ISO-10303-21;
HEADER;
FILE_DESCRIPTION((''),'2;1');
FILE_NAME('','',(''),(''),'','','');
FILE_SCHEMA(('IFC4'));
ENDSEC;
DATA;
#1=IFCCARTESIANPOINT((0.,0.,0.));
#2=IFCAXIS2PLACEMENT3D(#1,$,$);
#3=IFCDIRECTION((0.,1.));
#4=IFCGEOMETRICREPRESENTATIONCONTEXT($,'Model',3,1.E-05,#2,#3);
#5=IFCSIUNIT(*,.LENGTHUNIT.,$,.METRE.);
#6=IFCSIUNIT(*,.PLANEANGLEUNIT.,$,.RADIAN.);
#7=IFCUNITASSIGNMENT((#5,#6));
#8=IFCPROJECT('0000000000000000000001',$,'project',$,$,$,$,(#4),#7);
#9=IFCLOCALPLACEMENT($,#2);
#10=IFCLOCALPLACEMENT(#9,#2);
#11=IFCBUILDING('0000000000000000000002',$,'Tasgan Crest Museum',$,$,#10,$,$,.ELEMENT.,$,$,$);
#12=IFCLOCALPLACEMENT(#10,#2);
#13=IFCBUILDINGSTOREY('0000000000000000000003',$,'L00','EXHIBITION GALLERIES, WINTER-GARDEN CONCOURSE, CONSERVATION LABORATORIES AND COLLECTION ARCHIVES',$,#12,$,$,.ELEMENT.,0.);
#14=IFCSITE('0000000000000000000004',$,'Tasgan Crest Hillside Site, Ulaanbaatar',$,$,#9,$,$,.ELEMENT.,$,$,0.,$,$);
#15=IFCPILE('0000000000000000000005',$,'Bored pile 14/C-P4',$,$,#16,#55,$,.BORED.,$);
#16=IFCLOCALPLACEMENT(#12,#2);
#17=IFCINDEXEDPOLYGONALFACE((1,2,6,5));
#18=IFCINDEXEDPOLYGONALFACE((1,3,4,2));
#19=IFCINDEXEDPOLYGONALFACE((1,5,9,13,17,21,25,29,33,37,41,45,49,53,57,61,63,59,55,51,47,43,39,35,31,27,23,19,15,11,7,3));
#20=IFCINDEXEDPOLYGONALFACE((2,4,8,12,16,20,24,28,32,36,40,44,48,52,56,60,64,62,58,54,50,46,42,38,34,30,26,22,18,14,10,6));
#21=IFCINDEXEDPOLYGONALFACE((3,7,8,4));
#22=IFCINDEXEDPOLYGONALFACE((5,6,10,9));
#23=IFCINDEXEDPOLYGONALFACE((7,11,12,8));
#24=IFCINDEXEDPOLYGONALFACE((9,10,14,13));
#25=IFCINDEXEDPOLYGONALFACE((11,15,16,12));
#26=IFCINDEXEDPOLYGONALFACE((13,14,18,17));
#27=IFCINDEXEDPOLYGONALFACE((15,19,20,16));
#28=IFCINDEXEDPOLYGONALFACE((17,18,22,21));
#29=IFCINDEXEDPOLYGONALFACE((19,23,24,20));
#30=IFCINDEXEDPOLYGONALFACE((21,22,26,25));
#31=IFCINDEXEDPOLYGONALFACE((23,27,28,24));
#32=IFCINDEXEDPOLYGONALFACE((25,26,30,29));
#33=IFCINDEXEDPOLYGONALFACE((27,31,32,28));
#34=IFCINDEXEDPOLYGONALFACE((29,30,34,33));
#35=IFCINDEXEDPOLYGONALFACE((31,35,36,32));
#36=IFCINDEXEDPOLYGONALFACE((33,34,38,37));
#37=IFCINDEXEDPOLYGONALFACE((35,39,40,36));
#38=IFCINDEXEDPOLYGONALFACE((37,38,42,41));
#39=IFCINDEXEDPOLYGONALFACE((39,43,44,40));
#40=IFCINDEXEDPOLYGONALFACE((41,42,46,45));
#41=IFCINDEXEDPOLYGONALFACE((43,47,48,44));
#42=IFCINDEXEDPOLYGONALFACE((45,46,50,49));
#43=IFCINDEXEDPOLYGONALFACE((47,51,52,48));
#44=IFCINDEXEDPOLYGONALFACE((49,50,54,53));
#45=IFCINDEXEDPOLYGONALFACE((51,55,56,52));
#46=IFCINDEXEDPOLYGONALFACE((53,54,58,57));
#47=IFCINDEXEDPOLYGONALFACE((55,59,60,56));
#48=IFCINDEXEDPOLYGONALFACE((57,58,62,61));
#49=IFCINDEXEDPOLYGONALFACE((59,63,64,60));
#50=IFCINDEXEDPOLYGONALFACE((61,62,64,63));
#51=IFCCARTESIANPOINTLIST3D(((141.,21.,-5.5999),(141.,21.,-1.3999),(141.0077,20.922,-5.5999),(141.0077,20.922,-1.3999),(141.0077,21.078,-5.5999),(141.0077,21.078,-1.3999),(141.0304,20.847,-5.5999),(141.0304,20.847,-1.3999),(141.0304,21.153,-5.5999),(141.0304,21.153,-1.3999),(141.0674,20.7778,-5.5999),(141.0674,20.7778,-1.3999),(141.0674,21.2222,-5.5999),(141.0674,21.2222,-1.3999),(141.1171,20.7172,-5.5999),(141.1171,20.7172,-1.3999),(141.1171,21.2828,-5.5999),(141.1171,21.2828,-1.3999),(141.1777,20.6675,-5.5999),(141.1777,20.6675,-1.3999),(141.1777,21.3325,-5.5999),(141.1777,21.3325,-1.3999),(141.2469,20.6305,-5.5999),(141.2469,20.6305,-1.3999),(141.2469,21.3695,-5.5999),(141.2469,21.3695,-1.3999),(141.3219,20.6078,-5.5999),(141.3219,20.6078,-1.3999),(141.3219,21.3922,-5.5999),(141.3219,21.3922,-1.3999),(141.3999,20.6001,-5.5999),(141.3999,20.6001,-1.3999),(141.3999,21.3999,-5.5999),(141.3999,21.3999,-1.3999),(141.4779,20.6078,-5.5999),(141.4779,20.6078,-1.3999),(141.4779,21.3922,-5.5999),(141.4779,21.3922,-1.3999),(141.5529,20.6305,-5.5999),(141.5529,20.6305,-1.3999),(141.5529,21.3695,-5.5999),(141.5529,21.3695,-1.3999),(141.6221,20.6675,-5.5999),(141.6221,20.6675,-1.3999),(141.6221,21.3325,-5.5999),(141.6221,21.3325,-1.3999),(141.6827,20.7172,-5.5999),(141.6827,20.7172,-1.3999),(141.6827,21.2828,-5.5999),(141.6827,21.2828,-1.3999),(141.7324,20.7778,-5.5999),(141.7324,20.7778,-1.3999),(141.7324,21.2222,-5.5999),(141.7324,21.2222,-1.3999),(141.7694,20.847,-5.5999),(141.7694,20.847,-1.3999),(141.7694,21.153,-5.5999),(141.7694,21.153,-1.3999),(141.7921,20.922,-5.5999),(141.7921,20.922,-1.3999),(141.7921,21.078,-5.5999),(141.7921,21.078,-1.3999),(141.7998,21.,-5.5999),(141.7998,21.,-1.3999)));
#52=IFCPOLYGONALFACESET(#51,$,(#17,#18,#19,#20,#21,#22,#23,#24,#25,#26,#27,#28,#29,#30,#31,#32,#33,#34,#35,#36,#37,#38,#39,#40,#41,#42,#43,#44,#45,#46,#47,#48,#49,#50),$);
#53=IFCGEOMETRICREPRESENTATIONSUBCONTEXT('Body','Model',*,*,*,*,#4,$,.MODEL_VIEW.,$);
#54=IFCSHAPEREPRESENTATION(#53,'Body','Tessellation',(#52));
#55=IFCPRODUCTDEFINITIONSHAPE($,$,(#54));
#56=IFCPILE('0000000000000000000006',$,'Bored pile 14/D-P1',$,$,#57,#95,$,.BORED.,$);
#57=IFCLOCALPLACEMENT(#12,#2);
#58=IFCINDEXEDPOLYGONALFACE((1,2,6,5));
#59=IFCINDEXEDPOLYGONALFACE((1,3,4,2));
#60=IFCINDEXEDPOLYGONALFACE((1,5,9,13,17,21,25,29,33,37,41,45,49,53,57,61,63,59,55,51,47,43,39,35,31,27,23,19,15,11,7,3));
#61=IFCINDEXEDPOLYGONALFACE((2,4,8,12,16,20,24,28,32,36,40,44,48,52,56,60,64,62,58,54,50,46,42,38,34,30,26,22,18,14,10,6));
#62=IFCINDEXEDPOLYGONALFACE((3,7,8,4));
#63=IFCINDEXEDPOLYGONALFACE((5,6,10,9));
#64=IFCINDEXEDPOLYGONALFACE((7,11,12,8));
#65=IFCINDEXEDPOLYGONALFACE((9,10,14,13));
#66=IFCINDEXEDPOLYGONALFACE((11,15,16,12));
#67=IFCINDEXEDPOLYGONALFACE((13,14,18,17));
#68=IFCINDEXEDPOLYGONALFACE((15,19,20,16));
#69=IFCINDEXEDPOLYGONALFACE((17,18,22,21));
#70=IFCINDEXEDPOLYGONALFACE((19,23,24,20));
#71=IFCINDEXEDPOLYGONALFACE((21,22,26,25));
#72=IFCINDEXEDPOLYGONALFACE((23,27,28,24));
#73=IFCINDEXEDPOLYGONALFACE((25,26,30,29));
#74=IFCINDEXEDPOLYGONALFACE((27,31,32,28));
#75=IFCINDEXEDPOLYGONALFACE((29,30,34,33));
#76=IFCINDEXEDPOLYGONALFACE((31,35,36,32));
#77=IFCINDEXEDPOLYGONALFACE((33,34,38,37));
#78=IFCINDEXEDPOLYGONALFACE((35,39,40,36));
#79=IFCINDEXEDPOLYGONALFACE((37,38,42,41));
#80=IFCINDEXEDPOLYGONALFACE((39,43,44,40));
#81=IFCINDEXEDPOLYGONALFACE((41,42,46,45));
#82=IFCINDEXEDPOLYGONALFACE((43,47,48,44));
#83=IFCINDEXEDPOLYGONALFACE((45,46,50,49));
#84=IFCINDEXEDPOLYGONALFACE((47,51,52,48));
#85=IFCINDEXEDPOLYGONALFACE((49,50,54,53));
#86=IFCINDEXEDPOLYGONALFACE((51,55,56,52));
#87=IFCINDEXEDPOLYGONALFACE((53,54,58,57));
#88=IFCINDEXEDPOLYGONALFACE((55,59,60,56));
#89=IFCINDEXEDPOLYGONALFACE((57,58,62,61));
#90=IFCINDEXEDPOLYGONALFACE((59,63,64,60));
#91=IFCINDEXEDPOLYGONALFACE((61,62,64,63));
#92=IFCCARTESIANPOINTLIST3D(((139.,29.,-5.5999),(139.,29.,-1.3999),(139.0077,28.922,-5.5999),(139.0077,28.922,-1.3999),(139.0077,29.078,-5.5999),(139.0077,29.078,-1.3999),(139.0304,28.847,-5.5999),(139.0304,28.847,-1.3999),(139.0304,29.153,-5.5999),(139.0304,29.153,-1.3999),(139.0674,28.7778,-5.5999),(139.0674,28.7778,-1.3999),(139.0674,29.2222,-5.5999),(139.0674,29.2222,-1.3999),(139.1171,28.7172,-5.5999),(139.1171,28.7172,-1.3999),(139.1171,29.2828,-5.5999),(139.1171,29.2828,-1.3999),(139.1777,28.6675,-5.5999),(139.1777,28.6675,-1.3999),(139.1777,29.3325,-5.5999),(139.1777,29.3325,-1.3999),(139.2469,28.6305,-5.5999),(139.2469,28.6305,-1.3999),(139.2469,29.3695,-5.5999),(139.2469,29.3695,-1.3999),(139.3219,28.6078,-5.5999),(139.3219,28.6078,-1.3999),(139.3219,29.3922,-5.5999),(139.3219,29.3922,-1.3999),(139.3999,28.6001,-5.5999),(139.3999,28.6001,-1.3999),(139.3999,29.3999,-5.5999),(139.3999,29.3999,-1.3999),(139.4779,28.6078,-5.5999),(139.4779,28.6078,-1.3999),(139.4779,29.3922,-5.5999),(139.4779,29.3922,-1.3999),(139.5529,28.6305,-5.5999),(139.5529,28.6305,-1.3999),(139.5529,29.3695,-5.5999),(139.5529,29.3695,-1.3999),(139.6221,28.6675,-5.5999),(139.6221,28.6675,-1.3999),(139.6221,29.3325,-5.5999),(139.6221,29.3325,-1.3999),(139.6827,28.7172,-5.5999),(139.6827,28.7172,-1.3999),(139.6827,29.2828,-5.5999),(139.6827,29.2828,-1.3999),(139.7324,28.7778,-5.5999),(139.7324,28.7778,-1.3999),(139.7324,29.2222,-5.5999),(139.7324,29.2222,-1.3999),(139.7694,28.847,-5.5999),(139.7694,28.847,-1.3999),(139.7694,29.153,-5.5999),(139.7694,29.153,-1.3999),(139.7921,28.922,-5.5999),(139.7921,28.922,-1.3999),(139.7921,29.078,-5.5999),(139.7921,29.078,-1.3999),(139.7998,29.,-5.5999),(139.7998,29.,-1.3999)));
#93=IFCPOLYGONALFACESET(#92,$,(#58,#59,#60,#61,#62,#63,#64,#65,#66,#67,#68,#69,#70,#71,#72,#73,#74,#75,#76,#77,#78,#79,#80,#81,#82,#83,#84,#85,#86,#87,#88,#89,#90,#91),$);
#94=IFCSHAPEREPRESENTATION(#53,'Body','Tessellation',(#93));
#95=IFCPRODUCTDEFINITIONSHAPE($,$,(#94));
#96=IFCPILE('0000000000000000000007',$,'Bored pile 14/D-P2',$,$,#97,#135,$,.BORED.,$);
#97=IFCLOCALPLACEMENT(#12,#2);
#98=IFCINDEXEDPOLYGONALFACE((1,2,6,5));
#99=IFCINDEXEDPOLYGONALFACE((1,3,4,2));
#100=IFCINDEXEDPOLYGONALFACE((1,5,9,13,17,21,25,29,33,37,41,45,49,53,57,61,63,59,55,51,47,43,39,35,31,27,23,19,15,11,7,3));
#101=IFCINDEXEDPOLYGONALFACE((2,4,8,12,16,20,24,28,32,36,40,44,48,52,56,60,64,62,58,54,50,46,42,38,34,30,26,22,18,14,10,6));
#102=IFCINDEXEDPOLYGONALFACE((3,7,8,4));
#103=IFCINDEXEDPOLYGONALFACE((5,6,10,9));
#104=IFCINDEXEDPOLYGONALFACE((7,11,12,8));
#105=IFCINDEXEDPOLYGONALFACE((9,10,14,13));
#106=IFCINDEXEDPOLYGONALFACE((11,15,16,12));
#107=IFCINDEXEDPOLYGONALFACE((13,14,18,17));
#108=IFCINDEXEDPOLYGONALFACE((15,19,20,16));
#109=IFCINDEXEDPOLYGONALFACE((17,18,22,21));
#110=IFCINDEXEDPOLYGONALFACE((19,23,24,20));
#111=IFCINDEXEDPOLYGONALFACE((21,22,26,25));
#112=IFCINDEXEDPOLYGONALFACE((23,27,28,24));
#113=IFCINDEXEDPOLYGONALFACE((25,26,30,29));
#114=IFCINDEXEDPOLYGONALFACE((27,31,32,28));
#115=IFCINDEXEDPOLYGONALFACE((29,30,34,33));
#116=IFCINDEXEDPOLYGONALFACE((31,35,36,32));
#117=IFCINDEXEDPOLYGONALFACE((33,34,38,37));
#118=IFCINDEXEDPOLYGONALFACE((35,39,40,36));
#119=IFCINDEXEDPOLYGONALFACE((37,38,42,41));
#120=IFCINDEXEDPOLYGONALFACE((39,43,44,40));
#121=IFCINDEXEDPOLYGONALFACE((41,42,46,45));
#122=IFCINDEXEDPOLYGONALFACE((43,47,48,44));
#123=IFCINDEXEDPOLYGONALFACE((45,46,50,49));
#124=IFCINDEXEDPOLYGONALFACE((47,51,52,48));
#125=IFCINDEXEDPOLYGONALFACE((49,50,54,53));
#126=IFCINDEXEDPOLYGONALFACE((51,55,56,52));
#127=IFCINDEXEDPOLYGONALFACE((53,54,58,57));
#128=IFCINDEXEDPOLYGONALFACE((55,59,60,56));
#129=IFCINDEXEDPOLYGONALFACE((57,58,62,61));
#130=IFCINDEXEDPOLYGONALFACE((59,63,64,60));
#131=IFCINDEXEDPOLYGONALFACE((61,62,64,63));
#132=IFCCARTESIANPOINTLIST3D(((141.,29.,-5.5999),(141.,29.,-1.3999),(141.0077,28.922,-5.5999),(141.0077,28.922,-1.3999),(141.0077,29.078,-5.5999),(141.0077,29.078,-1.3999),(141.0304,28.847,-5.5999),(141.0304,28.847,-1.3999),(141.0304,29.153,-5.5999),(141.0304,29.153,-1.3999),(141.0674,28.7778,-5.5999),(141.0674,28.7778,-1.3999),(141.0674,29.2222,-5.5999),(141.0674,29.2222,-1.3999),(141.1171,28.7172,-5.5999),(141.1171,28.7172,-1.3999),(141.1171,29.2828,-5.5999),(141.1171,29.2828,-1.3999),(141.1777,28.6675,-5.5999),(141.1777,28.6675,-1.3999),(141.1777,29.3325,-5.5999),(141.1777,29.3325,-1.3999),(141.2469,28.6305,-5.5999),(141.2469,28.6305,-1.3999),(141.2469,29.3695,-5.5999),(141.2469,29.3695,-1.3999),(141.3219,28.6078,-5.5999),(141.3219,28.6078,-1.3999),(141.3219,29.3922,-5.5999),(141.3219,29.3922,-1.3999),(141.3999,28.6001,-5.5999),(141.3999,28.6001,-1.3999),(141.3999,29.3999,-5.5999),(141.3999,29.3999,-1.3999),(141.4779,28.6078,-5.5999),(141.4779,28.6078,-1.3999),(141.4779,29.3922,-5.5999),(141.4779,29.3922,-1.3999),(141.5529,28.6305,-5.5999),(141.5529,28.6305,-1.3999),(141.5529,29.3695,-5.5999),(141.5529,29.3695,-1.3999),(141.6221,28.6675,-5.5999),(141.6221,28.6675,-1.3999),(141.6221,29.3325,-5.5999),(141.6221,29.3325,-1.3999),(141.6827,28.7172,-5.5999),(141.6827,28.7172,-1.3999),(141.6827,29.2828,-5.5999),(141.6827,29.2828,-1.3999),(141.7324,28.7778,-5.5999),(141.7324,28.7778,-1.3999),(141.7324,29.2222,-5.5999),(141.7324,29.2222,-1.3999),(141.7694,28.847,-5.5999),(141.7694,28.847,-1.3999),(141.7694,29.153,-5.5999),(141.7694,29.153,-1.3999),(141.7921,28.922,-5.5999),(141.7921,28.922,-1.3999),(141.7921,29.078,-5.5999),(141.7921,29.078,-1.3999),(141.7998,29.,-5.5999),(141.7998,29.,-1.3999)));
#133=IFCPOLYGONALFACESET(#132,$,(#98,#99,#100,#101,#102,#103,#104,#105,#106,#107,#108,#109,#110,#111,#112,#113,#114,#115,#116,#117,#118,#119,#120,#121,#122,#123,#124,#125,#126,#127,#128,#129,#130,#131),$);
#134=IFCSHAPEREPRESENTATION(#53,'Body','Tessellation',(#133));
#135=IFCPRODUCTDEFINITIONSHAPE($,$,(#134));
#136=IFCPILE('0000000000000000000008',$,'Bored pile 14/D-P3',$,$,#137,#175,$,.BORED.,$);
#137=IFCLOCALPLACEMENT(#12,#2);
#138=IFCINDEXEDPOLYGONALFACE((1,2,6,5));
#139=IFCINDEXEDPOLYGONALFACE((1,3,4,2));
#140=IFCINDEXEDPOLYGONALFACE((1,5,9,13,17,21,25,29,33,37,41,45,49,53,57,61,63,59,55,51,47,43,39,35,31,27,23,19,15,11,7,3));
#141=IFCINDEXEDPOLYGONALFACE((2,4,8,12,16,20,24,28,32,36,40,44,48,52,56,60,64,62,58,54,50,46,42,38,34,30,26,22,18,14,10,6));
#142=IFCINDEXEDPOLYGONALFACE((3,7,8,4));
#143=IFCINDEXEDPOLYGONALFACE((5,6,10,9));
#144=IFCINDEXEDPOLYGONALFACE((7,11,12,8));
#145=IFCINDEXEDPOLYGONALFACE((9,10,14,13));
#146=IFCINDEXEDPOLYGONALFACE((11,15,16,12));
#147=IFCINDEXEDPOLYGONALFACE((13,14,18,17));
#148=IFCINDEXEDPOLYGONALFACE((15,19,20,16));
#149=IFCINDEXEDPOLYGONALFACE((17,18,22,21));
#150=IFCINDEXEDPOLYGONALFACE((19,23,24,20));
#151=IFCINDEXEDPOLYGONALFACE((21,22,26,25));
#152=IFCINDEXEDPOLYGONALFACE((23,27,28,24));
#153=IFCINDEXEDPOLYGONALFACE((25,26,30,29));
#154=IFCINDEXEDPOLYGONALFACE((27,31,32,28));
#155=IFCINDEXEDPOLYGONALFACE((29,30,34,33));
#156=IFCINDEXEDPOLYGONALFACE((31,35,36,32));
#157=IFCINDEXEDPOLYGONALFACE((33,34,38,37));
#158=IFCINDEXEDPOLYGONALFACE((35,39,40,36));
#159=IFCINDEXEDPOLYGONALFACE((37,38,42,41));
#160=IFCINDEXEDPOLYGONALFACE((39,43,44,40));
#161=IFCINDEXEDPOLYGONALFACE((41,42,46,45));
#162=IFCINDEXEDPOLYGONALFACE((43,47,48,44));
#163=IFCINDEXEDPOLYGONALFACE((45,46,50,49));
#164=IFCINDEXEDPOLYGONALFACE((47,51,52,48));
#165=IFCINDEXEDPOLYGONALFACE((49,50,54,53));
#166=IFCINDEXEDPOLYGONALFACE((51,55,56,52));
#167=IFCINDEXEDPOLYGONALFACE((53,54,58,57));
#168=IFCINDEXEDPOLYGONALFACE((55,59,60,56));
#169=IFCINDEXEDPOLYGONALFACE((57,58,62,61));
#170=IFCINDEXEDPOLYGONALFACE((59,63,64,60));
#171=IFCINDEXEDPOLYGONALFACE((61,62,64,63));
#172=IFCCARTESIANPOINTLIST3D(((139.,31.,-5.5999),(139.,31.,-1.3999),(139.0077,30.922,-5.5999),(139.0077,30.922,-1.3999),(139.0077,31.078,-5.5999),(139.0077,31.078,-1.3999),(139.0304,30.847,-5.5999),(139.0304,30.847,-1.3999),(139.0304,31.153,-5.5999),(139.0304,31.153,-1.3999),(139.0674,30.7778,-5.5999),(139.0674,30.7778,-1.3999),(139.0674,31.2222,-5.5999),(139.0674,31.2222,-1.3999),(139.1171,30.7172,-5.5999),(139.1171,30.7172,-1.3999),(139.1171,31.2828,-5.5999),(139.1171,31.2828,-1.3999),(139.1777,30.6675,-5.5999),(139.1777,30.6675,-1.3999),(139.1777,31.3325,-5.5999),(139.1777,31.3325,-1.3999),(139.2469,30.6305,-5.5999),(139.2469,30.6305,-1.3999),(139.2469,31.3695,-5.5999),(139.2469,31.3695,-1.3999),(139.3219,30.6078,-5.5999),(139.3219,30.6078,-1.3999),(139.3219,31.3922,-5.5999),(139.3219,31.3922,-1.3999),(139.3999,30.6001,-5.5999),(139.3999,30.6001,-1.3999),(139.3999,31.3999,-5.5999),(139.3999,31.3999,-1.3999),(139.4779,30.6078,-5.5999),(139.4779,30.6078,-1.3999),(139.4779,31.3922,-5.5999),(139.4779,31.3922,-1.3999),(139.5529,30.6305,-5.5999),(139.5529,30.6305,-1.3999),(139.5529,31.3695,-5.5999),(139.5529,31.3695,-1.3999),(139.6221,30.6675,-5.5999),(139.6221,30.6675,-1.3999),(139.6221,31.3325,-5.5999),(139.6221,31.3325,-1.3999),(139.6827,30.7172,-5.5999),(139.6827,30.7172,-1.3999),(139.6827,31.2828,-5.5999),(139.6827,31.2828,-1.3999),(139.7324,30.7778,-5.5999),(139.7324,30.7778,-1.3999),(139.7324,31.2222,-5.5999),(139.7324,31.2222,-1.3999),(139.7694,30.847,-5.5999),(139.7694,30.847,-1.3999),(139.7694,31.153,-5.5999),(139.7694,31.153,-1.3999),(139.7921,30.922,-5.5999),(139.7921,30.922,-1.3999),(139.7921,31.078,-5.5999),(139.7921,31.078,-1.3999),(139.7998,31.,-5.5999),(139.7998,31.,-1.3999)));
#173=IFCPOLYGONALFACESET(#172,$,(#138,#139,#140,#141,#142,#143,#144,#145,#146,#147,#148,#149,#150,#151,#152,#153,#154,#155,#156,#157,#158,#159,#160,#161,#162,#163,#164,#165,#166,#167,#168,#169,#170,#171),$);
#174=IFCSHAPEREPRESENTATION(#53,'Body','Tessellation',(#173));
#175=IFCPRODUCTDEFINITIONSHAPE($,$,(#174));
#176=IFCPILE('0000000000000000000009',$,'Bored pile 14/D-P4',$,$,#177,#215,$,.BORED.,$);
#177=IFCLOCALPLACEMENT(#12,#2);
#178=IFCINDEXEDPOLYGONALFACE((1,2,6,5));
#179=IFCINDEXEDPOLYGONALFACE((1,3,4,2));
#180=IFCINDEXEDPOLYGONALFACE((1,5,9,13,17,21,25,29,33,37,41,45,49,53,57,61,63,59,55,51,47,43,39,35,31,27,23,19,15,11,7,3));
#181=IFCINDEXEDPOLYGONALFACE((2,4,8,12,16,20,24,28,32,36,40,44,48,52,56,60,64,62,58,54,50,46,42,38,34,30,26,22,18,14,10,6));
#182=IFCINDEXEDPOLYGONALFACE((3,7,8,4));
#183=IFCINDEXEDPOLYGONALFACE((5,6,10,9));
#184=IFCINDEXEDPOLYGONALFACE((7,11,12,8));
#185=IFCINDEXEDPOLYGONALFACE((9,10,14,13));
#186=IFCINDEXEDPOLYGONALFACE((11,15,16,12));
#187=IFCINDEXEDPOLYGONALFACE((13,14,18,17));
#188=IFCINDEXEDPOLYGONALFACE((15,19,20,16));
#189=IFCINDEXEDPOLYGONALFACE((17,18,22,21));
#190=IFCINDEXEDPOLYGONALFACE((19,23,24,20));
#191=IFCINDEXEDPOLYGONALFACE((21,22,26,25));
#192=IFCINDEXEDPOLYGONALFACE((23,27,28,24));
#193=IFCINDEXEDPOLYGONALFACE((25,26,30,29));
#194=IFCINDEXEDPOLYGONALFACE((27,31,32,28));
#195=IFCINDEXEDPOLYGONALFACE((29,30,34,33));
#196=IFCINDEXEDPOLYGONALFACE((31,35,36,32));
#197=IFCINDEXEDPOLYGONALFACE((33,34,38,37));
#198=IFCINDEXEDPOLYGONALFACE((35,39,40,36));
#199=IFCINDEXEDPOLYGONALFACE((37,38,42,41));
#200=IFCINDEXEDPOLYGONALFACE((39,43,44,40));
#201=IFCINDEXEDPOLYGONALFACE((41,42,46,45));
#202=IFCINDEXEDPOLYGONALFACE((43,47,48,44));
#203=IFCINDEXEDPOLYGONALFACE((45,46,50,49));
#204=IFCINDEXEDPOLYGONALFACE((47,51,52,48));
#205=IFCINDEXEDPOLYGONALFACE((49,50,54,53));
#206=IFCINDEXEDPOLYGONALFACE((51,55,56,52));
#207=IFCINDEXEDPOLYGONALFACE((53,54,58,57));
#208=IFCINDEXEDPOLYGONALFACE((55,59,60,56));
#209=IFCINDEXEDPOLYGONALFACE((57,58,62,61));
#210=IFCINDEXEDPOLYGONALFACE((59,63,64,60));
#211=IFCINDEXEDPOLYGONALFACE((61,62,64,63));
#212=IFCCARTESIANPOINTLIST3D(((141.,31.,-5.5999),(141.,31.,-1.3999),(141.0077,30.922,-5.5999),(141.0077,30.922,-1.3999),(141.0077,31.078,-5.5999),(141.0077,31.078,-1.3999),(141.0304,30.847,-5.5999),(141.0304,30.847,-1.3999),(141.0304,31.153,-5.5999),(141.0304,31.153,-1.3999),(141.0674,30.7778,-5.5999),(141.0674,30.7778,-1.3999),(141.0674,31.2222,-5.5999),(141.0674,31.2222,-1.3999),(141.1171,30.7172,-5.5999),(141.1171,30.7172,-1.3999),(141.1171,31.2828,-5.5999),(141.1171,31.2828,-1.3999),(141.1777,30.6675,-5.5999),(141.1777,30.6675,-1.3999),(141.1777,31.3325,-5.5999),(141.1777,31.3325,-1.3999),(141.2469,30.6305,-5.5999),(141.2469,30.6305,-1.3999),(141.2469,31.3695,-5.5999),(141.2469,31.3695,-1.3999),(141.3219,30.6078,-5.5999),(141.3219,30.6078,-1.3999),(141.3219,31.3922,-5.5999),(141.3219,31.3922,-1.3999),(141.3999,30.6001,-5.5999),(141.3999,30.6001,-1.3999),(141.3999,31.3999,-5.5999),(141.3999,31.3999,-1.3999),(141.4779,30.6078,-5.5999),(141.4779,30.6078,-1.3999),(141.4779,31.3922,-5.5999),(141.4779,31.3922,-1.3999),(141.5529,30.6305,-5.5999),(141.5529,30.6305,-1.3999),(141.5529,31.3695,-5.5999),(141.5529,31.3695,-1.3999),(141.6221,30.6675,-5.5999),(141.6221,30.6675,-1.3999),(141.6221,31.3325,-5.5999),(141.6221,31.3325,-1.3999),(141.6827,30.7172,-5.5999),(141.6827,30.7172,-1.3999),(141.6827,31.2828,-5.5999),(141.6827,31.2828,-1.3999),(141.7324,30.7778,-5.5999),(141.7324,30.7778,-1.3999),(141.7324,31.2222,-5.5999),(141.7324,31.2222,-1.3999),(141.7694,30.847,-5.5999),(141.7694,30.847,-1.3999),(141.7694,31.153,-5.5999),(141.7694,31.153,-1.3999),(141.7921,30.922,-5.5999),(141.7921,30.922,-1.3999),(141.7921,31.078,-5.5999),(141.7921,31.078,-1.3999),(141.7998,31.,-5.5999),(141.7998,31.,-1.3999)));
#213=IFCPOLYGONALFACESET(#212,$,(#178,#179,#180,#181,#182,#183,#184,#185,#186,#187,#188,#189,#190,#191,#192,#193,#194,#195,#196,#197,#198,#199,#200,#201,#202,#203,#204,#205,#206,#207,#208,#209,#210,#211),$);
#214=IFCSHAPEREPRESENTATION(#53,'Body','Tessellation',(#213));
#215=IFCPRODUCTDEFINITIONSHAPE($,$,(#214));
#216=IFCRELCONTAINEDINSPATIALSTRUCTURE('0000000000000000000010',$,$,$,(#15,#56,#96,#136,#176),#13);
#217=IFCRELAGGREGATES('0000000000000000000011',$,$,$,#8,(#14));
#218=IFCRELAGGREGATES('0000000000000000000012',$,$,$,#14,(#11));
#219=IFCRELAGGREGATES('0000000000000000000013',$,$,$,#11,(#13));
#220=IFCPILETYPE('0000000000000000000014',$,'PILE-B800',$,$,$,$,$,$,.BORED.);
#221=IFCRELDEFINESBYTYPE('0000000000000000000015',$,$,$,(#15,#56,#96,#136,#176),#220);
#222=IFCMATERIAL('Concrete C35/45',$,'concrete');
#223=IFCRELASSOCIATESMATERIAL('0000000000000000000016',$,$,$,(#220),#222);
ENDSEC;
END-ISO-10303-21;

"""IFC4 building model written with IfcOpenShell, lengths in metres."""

from ifc_helpers import new_model, si_unit, direction, frame, origin, origin_2d, place, context, subcontext, project, spatial, circle, extrude, material, material_profile, profile_set, type_object, element, save


model = new_model("IFC4")

# Units and contexts
model_context = context("Model", 3, precision=1e-05, world=origin(), true_north=direction((0.0, 1.0)))
body_context = subcontext(model_context, "Body", "Model", "MODEL_VIEW")
ifc_project = project(units=[si_unit("LENGTHUNIT", "METRE"), si_unit("PLANEANGLEUNIT", "RADIAN")], contexts=[model_context])

# Site, building, storey
site_placement = place(None, origin())
site = spatial("IfcSite", under=ifc_project, at=site_placement, Name="Tasgan Crest Hillside Site, Ulaanbaatar", CompositionType="ELEMENT", RefElevation=0.0)
building_placement = place(site_placement, origin())
building = spatial("IfcBuilding", under=site, at=building_placement, Name="Tasgan Crest Museum", CompositionType="ELEMENT")
storey_placement = place(building_placement, origin())
storey = spatial("IfcBuildingStorey", under=building, at=storey_placement, Name="L00", Description="EXHIBITION GALLERIES, WINTER-GARDEN CONCOURSE, CONSERVATION LABORATORIES AND COLLECTION ARCHIVES", CompositionType="ELEMENT", Elevation=0.0)

# Piles
ifc_material_1 = material(Name="Concrete C35/45", Category="concrete")
ifc_material_profile_1 = material_profile(ifc_material_1, circle(Radius=0.3999, at=origin_2d()), Name="PILE D800")
ifc_profile_set_1 = profile_set([ifc_material_profile_1], Name="Concrete C35/45")
pile_type = type_object("IfcPileType", Name="PILE-B800", PredefinedType="BORED", material=ifc_profile_set_1)
for number, where, z_axis, x_axis, name in (
    (1, (141.3999, 21.0, -1.3999), (0.0, 0.0, -1.0), (1.0, 0.0, 0.0), "Bored pile 14/C-P4"),
    (2, (139.3999, 29.0, -1.3999), (0.0, 0.0, -1.0), (1.0, 0.0, 0.0), "Bored pile 14/D-P1"),
    (3, (141.3999, 29.0, -1.3999), (0.0, 0.0, -1.0), (1.0, 0.0, 0.0), "Bored pile 14/D-P2"),
    (4, (139.3999, 31.0, -1.3999), (0.0, 0.0, -1.0), (1.0, 0.0, 0.0), "Bored pile 14/D-P3"),
    (5, (141.3999, 31.0, -1.3999), (0.0, 0.0, -1.0), (1.0, 0.0, 0.0), "Bored pile 14/D-P4"),
):
    element("IfcPile", number, at=place(storey_placement, frame(where, z_axis=z_axis, x_axis=x_axis)), inside=storey, type_object=pile_type, Name=name, PredefinedType="BORED", context=body_context, shape_type="SweptSolid", body=[
        extrude(circle(Radius=0.3999, at=origin_2d()), origin(), (0.0, 0.0, 1.0), 4.2),
    ])

save(model, "model.ifc")
